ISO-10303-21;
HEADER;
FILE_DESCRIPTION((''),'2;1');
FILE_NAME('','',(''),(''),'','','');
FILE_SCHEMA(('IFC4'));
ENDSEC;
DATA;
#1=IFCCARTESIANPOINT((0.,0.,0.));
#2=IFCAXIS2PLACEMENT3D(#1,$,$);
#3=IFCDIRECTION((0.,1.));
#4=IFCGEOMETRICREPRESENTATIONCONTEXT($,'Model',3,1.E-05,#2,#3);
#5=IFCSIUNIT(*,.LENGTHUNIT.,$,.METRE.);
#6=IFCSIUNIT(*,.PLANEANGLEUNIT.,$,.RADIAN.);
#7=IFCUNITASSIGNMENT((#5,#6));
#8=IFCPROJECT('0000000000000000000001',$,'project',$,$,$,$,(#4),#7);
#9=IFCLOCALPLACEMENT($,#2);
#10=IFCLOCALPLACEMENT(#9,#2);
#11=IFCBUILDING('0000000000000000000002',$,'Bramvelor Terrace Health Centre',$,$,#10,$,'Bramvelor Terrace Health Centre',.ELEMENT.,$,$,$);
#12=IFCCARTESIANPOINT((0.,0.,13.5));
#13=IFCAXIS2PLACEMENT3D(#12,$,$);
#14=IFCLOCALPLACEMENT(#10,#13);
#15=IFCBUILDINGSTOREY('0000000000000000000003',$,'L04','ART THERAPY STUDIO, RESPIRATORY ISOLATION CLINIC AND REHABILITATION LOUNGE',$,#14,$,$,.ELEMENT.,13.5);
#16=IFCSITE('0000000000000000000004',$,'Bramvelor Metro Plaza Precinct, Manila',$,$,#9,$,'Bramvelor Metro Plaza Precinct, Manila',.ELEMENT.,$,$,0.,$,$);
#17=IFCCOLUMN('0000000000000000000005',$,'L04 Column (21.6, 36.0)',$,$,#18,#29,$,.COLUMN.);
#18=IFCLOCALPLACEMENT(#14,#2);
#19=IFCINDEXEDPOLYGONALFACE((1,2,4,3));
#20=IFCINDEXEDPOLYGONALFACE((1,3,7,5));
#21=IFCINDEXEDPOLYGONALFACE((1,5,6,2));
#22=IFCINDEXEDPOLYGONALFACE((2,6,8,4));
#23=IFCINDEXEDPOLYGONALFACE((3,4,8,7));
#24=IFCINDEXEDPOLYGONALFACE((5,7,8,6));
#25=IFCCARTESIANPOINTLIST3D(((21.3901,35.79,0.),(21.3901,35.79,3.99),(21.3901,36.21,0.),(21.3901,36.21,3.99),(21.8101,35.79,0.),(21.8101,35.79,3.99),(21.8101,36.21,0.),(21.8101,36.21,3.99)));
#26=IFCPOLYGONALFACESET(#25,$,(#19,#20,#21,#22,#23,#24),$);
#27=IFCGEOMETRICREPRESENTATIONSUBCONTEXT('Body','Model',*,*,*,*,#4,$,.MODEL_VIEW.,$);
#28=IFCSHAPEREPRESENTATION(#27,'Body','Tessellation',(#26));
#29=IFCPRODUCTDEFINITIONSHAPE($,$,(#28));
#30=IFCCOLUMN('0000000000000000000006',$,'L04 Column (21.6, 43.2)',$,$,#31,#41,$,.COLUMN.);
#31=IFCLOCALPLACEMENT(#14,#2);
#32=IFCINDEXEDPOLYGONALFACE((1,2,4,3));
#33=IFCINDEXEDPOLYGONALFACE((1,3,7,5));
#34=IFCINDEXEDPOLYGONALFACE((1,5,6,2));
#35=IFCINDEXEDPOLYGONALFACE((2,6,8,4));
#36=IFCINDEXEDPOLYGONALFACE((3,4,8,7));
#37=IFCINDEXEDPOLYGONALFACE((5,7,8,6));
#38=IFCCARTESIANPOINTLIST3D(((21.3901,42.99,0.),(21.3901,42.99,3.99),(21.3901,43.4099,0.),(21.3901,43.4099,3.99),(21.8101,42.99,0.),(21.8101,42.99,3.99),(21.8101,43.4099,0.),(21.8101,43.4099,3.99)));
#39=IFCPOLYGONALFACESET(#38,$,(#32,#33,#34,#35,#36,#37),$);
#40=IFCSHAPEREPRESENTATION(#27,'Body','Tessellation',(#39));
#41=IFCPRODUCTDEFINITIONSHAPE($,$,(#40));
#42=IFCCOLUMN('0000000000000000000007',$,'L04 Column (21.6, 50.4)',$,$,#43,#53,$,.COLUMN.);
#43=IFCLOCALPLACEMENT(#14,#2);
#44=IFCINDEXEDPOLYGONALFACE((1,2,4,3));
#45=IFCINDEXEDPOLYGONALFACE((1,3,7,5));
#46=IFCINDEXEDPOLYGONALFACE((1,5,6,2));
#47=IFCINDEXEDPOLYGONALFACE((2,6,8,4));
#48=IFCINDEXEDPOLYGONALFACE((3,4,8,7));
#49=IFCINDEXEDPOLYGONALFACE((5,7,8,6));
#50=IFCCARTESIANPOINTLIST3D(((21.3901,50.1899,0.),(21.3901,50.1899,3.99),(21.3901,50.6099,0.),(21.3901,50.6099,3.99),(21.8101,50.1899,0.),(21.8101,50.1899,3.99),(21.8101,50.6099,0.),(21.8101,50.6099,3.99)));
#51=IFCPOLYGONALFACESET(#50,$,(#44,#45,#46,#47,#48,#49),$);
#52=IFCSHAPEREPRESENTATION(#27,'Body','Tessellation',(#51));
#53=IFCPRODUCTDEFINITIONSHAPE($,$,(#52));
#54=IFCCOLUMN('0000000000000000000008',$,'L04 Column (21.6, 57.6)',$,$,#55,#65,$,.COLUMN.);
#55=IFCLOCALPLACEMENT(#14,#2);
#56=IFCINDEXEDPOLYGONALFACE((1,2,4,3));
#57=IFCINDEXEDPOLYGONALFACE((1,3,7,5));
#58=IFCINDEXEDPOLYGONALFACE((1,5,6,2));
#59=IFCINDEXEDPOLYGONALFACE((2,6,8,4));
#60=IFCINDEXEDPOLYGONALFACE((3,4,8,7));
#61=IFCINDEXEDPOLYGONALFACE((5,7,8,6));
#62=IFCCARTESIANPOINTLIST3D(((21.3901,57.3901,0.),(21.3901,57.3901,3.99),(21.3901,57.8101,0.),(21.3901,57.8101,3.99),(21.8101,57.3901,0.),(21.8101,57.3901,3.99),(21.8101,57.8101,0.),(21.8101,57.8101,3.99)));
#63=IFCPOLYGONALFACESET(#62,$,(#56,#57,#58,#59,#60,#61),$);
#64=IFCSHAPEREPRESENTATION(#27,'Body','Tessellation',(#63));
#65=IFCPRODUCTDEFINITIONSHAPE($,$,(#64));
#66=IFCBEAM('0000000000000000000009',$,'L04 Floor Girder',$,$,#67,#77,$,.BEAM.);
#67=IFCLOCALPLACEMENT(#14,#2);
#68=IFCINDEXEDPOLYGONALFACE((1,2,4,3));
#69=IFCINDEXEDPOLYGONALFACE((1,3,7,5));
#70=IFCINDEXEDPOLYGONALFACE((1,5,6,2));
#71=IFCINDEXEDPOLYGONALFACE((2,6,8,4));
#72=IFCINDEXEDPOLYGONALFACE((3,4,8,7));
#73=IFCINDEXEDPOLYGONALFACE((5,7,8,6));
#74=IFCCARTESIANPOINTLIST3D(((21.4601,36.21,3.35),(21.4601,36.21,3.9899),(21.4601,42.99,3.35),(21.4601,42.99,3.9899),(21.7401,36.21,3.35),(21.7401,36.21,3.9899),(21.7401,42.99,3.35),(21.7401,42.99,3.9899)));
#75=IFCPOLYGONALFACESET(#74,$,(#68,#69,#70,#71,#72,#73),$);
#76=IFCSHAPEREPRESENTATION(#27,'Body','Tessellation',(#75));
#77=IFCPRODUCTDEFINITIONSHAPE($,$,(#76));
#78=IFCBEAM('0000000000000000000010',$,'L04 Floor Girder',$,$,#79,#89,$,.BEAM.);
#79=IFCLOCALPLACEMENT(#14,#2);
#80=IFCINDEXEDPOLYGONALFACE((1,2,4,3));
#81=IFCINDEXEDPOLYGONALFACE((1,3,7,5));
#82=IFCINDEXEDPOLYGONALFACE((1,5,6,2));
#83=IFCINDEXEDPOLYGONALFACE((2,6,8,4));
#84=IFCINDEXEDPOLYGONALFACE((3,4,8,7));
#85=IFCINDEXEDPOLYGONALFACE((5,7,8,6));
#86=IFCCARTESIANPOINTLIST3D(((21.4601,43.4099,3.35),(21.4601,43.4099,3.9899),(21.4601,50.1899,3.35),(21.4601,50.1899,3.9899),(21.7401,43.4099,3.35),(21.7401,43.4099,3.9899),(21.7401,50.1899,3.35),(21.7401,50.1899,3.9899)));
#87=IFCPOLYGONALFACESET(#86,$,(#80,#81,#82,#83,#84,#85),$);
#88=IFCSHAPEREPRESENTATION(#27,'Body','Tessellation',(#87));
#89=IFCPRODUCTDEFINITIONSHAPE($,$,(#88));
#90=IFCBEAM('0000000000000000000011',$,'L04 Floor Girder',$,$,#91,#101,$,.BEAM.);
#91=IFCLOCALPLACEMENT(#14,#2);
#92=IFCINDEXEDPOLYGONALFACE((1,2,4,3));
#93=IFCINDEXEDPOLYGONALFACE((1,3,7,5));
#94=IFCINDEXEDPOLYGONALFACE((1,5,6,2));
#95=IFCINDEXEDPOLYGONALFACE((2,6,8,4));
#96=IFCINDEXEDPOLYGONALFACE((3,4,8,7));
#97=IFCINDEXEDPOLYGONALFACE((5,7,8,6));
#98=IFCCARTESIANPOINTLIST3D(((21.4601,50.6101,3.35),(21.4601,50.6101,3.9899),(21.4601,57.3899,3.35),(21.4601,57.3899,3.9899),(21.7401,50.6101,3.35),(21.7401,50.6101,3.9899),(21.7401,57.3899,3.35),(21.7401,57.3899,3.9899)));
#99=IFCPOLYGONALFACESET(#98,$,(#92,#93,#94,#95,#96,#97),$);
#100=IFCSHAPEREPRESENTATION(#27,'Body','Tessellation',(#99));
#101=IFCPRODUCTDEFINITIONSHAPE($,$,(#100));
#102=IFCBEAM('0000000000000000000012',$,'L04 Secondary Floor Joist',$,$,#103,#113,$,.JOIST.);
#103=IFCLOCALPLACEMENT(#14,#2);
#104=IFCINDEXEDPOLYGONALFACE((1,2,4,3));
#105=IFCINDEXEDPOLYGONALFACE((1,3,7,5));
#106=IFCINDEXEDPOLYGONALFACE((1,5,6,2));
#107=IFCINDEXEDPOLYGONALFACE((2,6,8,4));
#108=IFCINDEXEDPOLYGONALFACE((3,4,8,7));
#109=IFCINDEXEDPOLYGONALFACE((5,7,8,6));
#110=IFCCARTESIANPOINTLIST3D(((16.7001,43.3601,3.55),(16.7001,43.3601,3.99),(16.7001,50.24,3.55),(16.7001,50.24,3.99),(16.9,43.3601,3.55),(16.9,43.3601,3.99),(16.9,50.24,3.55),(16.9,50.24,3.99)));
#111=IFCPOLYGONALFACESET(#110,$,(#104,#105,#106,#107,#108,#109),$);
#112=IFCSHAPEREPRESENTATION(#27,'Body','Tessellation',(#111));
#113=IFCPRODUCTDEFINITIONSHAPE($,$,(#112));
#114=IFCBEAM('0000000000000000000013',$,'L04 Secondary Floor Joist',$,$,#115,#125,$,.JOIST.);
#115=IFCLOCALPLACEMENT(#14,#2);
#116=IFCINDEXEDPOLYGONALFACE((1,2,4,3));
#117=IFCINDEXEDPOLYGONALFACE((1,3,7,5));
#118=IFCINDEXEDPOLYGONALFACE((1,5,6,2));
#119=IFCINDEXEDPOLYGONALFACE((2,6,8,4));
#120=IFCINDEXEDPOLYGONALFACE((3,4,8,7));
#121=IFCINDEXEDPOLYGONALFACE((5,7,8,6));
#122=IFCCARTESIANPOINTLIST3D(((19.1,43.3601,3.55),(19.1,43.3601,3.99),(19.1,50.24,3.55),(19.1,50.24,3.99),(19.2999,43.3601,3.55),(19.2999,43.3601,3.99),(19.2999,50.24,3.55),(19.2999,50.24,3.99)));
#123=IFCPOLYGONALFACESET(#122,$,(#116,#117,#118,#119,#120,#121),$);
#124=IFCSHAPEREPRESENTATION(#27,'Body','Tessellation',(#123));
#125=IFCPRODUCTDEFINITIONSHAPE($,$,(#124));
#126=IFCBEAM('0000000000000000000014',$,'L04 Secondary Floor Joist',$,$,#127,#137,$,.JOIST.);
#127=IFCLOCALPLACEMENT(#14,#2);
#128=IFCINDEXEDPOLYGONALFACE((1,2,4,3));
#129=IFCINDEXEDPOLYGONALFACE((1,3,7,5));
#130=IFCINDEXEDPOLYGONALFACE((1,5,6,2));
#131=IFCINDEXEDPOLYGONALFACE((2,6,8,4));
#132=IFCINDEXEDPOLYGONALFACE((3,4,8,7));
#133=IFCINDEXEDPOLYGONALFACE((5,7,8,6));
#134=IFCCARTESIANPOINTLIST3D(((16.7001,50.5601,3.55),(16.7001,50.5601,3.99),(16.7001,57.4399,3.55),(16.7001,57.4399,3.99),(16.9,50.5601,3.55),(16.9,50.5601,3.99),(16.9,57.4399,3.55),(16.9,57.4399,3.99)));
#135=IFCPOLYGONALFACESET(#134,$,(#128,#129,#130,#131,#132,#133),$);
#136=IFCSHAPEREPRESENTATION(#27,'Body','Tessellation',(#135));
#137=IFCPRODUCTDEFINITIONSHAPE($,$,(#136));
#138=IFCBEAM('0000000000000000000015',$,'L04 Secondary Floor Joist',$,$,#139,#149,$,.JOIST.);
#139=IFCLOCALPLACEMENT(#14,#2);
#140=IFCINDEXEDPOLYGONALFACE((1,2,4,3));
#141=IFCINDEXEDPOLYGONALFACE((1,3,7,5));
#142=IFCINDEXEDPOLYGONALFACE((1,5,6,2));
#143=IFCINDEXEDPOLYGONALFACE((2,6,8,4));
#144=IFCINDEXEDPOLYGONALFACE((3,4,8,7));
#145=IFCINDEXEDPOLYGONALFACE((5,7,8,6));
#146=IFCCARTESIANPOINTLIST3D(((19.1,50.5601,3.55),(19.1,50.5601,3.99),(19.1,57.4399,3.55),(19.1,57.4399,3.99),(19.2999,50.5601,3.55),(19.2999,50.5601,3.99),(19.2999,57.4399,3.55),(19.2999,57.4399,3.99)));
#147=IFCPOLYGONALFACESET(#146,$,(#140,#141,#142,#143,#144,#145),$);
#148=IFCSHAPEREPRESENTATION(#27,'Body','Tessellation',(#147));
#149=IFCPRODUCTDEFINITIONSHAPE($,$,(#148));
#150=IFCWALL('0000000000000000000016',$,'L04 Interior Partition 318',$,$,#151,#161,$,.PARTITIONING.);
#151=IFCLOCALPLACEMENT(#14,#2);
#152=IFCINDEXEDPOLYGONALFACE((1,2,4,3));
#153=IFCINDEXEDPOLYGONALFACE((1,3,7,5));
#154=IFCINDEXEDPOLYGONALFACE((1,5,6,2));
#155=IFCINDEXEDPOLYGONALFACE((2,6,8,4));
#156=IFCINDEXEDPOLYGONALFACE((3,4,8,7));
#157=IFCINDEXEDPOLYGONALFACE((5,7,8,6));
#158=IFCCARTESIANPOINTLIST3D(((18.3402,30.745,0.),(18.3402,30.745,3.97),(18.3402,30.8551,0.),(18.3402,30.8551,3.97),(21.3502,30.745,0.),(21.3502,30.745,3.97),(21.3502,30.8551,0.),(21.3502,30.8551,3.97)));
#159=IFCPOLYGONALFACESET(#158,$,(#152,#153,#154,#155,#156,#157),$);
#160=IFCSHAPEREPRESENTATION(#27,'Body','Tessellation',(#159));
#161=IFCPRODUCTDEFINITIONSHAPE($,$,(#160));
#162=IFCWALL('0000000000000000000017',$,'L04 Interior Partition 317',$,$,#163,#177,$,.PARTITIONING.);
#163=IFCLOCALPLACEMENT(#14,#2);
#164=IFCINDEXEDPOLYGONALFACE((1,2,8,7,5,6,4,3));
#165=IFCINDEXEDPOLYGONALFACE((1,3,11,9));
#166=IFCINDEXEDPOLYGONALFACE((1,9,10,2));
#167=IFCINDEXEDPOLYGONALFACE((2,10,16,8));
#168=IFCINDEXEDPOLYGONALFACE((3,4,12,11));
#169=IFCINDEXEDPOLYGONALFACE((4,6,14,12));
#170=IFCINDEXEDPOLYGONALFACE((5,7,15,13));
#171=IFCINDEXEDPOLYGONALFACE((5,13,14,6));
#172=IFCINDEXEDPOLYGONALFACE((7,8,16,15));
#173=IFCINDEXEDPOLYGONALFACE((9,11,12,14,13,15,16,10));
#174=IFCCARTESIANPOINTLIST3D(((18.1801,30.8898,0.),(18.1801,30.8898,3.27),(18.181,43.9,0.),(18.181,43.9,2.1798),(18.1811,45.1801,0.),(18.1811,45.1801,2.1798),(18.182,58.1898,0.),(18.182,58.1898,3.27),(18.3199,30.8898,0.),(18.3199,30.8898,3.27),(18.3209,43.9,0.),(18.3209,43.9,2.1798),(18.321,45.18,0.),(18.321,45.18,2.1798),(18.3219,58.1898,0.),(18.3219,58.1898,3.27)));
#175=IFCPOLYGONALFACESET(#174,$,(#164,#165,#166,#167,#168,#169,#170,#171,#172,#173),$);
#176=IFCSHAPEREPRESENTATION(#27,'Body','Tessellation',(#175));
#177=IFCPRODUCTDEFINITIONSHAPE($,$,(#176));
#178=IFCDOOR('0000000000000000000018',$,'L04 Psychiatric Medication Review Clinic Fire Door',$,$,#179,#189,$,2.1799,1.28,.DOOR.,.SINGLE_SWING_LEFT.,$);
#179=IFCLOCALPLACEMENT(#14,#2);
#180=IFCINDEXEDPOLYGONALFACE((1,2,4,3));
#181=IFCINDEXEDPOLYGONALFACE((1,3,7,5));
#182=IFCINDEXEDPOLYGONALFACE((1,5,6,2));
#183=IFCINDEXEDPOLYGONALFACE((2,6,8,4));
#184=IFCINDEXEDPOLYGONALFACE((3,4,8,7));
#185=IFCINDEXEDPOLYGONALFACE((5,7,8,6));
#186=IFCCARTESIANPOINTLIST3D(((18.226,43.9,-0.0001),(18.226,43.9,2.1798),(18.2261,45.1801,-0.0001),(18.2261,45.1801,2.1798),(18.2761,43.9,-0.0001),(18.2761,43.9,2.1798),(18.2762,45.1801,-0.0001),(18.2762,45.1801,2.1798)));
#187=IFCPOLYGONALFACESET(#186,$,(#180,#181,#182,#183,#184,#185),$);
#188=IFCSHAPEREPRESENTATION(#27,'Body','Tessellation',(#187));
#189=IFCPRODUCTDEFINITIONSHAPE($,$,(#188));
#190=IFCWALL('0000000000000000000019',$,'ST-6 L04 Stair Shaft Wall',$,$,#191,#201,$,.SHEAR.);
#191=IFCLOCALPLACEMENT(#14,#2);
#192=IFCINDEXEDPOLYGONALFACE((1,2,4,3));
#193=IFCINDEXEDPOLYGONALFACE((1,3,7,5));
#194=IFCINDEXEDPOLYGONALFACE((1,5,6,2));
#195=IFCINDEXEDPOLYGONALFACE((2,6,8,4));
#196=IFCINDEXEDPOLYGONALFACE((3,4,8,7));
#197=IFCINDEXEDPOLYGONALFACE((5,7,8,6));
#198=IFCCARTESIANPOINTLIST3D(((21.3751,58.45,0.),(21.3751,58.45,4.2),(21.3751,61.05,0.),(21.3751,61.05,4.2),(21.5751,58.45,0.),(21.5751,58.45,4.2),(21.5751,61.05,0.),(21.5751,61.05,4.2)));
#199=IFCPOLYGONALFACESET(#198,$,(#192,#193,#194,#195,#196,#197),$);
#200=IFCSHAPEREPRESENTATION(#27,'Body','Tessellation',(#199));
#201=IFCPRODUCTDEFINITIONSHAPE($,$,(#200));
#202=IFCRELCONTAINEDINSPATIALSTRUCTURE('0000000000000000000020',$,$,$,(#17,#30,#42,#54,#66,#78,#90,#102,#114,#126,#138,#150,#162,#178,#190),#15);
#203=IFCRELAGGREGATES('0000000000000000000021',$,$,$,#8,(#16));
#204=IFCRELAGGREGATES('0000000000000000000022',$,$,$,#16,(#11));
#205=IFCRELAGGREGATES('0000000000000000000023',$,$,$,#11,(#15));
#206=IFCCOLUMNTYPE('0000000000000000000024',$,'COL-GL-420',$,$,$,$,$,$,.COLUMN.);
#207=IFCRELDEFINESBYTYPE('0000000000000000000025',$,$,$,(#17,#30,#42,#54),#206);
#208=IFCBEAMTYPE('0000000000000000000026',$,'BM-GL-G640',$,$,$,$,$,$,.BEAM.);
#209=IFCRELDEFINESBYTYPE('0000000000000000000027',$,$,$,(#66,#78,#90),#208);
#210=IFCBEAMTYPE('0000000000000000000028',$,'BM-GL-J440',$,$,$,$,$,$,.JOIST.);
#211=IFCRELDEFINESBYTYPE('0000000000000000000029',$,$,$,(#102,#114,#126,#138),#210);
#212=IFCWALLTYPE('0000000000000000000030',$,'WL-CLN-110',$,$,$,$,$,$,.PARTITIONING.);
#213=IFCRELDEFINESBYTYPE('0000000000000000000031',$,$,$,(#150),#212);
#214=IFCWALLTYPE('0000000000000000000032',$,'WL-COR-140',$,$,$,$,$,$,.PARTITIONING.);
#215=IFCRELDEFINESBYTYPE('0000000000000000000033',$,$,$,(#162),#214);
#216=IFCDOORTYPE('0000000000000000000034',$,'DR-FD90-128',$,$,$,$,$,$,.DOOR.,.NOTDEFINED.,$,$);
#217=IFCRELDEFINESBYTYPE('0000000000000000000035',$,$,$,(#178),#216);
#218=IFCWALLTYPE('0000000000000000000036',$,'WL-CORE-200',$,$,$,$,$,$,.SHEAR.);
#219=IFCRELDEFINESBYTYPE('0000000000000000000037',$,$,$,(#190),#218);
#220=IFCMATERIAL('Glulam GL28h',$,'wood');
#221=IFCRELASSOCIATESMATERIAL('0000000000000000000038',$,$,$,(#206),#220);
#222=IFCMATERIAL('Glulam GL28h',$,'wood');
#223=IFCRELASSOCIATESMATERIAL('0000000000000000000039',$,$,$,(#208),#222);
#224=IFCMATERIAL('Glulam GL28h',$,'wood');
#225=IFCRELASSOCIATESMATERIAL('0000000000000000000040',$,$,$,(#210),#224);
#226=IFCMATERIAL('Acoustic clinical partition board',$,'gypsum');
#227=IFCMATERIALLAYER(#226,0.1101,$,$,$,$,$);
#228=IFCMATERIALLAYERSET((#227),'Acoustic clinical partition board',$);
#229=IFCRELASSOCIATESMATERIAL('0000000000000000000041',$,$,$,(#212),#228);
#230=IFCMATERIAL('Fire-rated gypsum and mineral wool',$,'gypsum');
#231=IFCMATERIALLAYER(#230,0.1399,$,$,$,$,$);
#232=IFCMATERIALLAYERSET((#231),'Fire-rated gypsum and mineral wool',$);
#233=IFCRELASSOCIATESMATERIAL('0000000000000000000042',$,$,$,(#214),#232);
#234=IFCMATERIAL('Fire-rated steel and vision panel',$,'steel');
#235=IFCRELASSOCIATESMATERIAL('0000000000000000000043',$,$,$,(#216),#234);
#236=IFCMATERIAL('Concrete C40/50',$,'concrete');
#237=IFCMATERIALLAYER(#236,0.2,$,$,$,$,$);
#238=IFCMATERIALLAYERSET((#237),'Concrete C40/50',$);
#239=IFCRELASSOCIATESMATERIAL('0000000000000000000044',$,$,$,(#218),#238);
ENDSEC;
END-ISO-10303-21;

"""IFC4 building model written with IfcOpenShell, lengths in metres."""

from ifc_helpers import new_model, si_unit, direction, frame, frame_2d, origin, origin_2d, place, context, subcontext, project, spatial, rectangle, extrude, material, layer, layer_set, material_profile, profile_set, type_object, element, fill, save


model = new_model("IFC4")

# Units and contexts
model_context = context("Model", 3, precision=1e-05, world=origin(), true_north=direction((0.0, 1.0)))
body_context = subcontext(model_context, "Body", "Model", "MODEL_VIEW")
ifc_project = project(units=[si_unit("LENGTHUNIT", "METRE"), si_unit("PLANEANGLEUNIT", "RADIAN")], contexts=[model_context])

# Site, building, storey
site_placement = place(None, origin())
site = spatial("IfcSite", under=ifc_project, at=site_placement, Name="Bramvelor Metro Plaza Precinct, Manila", LongName="Bramvelor Metro Plaza Precinct, Manila", CompositionType="ELEMENT", RefElevation=0.0)
building_placement = place(site_placement, origin())
building = spatial("IfcBuilding", under=site, at=building_placement, Name="Bramvelor Terrace Health Centre", LongName="Bramvelor Terrace Health Centre", CompositionType="ELEMENT")
storey_placement = place(building_placement, frame((0.0, 0.0, 13.5)))
storey = spatial("IfcBuildingStorey", under=building, at=storey_placement, Name="L04", Description="ART THERAPY STUDIO, RESPIRATORY ISOLATION CLINIC AND REHABILITATION LOUNGE", CompositionType="ELEMENT", Elevation=13.5)

# Columns
ifc_material_1 = material(Name="Glulam GL28h", Category="wood")
ifc_material_profile_1 = material_profile(ifc_material_1, rectangle(XDim=0.4199, YDim=0.4199, at=origin_2d()), Name="GL 420x420")
ifc_profile_set_1 = profile_set([ifc_material_profile_1], Name="Glulam GL28h")
column_type = type_object("IfcColumnType", Name="COL-GL-420", PredefinedType="COLUMN", material=ifc_profile_set_1)
for number, where, z_axis, x_axis, name in (
    (1, (21.6001, 36.0, 0.0), (0.0, 0.0, 1.0), (1.0, 0.0, 0.0), "L04 Column (21.6, 36.0)"),
    (2, (21.6001, 43.2, 0.0), (0.0, 0.0, 1.0), (1.0, 0.0, 0.0), "L04 Column (21.6, 43.2)"),
    (3, (21.6001, 50.3999, 0.0), (0.0, 0.0, 1.0), (1.0, 0.0, 0.0), "L04 Column (21.6, 50.4)"),
    (4, (21.6001, 57.6001, 0.0), (0.0, 0.0, 1.0), (1.0, 0.0, 0.0), "L04 Column (21.6, 57.6)"),
):
    element("IfcColumn", number, at=place(storey_placement, frame(where, z_axis=z_axis, x_axis=x_axis)), inside=storey, type_object=column_type, Name=name, PredefinedType="COLUMN", context=body_context, shape_type="SweptSolid", body=[
        extrude(rectangle(XDim=0.4199, YDim=0.4199, at=origin_2d()), origin(), (0.0, 0.0, 1.0), 3.99),
    ])

# Beams
ifc_material_2 = material(Name="Glulam GL28h", Category="wood")
ifc_material_profile_2 = material_profile(ifc_material_2, rectangle(XDim=0.28, YDim=0.6399, at=origin_2d()), Name="GL 280x640")
ifc_profile_set_2 = profile_set([ifc_material_profile_2], Name="Glulam GL28h")
beam_type_1 = type_object("IfcBeamType", Name="BM-GL-G640", PredefinedType="BEAM", material=ifc_profile_set_2)
for number, where, z_axis, x_axis, name in (
    (5, (21.6001, 36.21, 3.6699), (0.0, 1.0, 0.0), (-1.0, 0.0, 0.0), "L04 Floor Girder"),
    (6, (21.6001, 43.4099, 3.6699), (0.0, 1.0, 0.0), (-1.0, 0.0, 0.0), "L04 Floor Girder"),
):
    element("IfcBeam", number, at=place(storey_placement, frame(where, z_axis=z_axis, x_axis=x_axis)), inside=storey, type_object=beam_type_1, Name=name, PredefinedType="BEAM", context=body_context, shape_type="SweptSolid", body=[
        extrude(rectangle(XDim=0.28, YDim=0.6399, at=origin_2d()), origin(), (0.0, 0.0, 1.0), 6.78),
    ])
beam_placement = place(storey_placement, frame((21.6001, 50.6101, 3.6699), z_axis=(0.0, 1.0, 0.0), x_axis=(-1.0, 0.0, 0.0)))
element("IfcBeam", 7, at=beam_placement, inside=storey, type_object=beam_type_1, Name="L04 Floor Girder", PredefinedType="BEAM", context=body_context, shape_type="SweptSolid", body=[
    extrude(rectangle(XDim=0.28, YDim=0.6399, at=origin_2d()), origin(), (0.0, 0.0, 1.0), 6.7798),
])
ifc_material_3 = material(Name="Glulam GL28h", Category="wood")
ifc_material_profile_3 = material_profile(ifc_material_3, rectangle(XDim=0.2, YDim=0.4399, at=origin_2d()), Name="GL 200x440")
ifc_profile_set_3 = profile_set([ifc_material_profile_3], Name="Glulam GL28h")
beam_type_2 = type_object("IfcBeamType", Name="BM-GL-J440", PredefinedType="JOIST", material=ifc_profile_set_3)
for number, where, z_axis, x_axis, name in (
    (8, (16.8, 43.3601, 3.77), (0.0, 1.0, 0.0), (-1.0, 0.0, 0.0), "L04 Secondary Floor Joist"),
    (9, (19.2, 43.3601, 3.77), (0.0, 1.0, 0.0), (-1.0, 0.0, 0.0), "L04 Secondary Floor Joist"),
    (10, (16.8, 50.5601, 3.77), (0.0, 1.0, 0.0), (-1.0, 0.0, 0.0), "L04 Secondary Floor Joist"),
    (11, (19.2, 50.5601, 3.77), (0.0, 1.0, 0.0), (-1.0, 0.0, 0.0), "L04 Secondary Floor Joist"),
):
    element("IfcBeam", number, at=place(storey_placement, frame(where, z_axis=z_axis, x_axis=x_axis)), inside=storey, type_object=beam_type_2, Name=name, PredefinedType="JOIST", context=body_context, shape_type="SweptSolid", body=[
        extrude(rectangle(XDim=0.2, YDim=0.4399, at=origin_2d()), origin(), (0.0, 0.0, 1.0), 6.8799),
    ])

# Wall
ifc_material_4 = material(Name="Acoustic clinical partition board", Category="gypsum")
ifc_layer_1 = layer(ifc_material_4, 0.1101)
ifc_layer_set_1 = layer_set([ifc_layer_1], Name="Acoustic clinical partition board")
wall_type_1 = type_object("IfcWallType", Name="WL-CLN-110", PredefinedType="PARTITIONING", material=ifc_layer_set_1)
wall_1_placement = place(storey_placement, frame((21.3501, 30.8, 0.0), z_axis=(0.0, 0.0, 1.0), x_axis=(-1.0, 0.0, 0.0)))
element("IfcWall", 12, at=wall_1_placement, inside=storey, type_object=wall_type_1, Name="L04 Interior Partition 318", PredefinedType="PARTITIONING", context=body_context, shape_type="SweptSolid", body=[
    extrude(rectangle(XDim=3.01, YDim=0.1101, at=frame_2d((1.5049, 0.0))), origin(), (0.0, 0.0, 1.0), 3.97),
])

# Wall, opening, door
ifc_material_5 = material(Name="Fire-rated gypsum and mineral wool", Category="gypsum")
ifc_layer_2 = layer(ifc_material_5, 0.1399)
ifc_layer_set_2 = layer_set([ifc_layer_2], Name="Fire-rated gypsum and mineral wool")
wall_type_2 = type_object("IfcWallType", Name="WL-COR-140", PredefinedType="PARTITIONING", material=ifc_layer_set_2)
wall_2_placement = place(storey_placement, frame((18.25, 30.8899, 0.0), z_axis=(0.0, 0.0, 1.0), x_axis=(0.000072, 1.0, 0.0)))
wall_2 = element("IfcWall", 13, at=wall_2_placement, inside=storey, type_object=wall_type_2, Name="L04 Interior Partition 317", PredefinedType="PARTITIONING", context=body_context, shape_type="SweptSolid", body=[
    extrude(rectangle(XDim=27.3, YDim=0.1399, at=frame_2d((13.6499, 0.0))), origin(), (0.0, 0.0, 1.0), 3.27),
])
opening_1_placement = place(wall_2_placement, frame((13.01, 0.0, 0.0)))
opening_1 = element("IfcOpeningElement", 14, at=opening_1_placement, cuts=wall_2, PredefinedType="OPENING", context=body_context, shape_type="SweptSolid", body=[
    extrude(rectangle(XDim=1.28, YDim=2.1799, at=frame_2d((0.6401, 1.0898))), frame((0.0, 0.0798, 0.0), z_axis=(0.0, -1.0, 0.0), x_axis=(1.0, 0.0, 0.0)), (0.0, 0.0, 1.0), 0.1599),
])
ifc_material_6 = material(Name="Fire-rated steel and vision panel", Category="steel")
door_type = type_object("IfcDoorType", Name="DR-FD90-128", OperationType="NOTDEFINED", PredefinedType="DOOR", material=ifc_material_6)
door_placement = place(opening_1_placement, origin())
door = element("IfcDoor", 15, at=door_placement, inside=storey, type_object=door_type, Name="L04 Psychiatric Medication Review Clinic Fire Door", OperationType="SINGLE_SWING_LEFT", OverallHeight=2.1799, OverallWidth=1.28, PredefinedType="DOOR", context=body_context, shape_type="SweptSolid", body=[
    extrude(rectangle(XDim=1.28, YDim=2.1799, at=frame_2d((0.6401, 1.0898))), frame((0.0, 0.0249, 0.0), z_axis=(0.0, -1.0, 0.0), x_axis=(1.0, 0.0, 0.0)), (0.0, 0.0, 1.0), 0.05),
])
fill(opening_1, door)

# Wall
ifc_material_7 = material(Name="Concrete C40/50", Category="concrete")
ifc_layer_3 = layer(ifc_material_7, 0.2)
ifc_layer_set_3 = layer_set([ifc_layer_3], Name="Concrete C40/50")
wall_type_3 = type_object("IfcWallType", Name="WL-CORE-200", PredefinedType="SHEAR", material=ifc_layer_set_3)
wall_3_placement = place(storey_placement, frame((21.4751, 58.45, 0.0), z_axis=(0.0, 0.0, 1.0), x_axis=(0.0, 1.0, 0.0)))
element("IfcWall", 16, at=wall_3_placement, inside=storey, type_object=wall_type_3, Name="ST-6 L04 Stair Shaft Wall", PredefinedType="SHEAR", context=body_context, shape_type="SweptSolid", body=[
    extrude(rectangle(XDim=2.6001, YDim=0.2, at=frame_2d((1.3, 0.0))), origin(), (0.0, 0.0, 1.0), 4.2),
])

save(model, "model.ifc")
